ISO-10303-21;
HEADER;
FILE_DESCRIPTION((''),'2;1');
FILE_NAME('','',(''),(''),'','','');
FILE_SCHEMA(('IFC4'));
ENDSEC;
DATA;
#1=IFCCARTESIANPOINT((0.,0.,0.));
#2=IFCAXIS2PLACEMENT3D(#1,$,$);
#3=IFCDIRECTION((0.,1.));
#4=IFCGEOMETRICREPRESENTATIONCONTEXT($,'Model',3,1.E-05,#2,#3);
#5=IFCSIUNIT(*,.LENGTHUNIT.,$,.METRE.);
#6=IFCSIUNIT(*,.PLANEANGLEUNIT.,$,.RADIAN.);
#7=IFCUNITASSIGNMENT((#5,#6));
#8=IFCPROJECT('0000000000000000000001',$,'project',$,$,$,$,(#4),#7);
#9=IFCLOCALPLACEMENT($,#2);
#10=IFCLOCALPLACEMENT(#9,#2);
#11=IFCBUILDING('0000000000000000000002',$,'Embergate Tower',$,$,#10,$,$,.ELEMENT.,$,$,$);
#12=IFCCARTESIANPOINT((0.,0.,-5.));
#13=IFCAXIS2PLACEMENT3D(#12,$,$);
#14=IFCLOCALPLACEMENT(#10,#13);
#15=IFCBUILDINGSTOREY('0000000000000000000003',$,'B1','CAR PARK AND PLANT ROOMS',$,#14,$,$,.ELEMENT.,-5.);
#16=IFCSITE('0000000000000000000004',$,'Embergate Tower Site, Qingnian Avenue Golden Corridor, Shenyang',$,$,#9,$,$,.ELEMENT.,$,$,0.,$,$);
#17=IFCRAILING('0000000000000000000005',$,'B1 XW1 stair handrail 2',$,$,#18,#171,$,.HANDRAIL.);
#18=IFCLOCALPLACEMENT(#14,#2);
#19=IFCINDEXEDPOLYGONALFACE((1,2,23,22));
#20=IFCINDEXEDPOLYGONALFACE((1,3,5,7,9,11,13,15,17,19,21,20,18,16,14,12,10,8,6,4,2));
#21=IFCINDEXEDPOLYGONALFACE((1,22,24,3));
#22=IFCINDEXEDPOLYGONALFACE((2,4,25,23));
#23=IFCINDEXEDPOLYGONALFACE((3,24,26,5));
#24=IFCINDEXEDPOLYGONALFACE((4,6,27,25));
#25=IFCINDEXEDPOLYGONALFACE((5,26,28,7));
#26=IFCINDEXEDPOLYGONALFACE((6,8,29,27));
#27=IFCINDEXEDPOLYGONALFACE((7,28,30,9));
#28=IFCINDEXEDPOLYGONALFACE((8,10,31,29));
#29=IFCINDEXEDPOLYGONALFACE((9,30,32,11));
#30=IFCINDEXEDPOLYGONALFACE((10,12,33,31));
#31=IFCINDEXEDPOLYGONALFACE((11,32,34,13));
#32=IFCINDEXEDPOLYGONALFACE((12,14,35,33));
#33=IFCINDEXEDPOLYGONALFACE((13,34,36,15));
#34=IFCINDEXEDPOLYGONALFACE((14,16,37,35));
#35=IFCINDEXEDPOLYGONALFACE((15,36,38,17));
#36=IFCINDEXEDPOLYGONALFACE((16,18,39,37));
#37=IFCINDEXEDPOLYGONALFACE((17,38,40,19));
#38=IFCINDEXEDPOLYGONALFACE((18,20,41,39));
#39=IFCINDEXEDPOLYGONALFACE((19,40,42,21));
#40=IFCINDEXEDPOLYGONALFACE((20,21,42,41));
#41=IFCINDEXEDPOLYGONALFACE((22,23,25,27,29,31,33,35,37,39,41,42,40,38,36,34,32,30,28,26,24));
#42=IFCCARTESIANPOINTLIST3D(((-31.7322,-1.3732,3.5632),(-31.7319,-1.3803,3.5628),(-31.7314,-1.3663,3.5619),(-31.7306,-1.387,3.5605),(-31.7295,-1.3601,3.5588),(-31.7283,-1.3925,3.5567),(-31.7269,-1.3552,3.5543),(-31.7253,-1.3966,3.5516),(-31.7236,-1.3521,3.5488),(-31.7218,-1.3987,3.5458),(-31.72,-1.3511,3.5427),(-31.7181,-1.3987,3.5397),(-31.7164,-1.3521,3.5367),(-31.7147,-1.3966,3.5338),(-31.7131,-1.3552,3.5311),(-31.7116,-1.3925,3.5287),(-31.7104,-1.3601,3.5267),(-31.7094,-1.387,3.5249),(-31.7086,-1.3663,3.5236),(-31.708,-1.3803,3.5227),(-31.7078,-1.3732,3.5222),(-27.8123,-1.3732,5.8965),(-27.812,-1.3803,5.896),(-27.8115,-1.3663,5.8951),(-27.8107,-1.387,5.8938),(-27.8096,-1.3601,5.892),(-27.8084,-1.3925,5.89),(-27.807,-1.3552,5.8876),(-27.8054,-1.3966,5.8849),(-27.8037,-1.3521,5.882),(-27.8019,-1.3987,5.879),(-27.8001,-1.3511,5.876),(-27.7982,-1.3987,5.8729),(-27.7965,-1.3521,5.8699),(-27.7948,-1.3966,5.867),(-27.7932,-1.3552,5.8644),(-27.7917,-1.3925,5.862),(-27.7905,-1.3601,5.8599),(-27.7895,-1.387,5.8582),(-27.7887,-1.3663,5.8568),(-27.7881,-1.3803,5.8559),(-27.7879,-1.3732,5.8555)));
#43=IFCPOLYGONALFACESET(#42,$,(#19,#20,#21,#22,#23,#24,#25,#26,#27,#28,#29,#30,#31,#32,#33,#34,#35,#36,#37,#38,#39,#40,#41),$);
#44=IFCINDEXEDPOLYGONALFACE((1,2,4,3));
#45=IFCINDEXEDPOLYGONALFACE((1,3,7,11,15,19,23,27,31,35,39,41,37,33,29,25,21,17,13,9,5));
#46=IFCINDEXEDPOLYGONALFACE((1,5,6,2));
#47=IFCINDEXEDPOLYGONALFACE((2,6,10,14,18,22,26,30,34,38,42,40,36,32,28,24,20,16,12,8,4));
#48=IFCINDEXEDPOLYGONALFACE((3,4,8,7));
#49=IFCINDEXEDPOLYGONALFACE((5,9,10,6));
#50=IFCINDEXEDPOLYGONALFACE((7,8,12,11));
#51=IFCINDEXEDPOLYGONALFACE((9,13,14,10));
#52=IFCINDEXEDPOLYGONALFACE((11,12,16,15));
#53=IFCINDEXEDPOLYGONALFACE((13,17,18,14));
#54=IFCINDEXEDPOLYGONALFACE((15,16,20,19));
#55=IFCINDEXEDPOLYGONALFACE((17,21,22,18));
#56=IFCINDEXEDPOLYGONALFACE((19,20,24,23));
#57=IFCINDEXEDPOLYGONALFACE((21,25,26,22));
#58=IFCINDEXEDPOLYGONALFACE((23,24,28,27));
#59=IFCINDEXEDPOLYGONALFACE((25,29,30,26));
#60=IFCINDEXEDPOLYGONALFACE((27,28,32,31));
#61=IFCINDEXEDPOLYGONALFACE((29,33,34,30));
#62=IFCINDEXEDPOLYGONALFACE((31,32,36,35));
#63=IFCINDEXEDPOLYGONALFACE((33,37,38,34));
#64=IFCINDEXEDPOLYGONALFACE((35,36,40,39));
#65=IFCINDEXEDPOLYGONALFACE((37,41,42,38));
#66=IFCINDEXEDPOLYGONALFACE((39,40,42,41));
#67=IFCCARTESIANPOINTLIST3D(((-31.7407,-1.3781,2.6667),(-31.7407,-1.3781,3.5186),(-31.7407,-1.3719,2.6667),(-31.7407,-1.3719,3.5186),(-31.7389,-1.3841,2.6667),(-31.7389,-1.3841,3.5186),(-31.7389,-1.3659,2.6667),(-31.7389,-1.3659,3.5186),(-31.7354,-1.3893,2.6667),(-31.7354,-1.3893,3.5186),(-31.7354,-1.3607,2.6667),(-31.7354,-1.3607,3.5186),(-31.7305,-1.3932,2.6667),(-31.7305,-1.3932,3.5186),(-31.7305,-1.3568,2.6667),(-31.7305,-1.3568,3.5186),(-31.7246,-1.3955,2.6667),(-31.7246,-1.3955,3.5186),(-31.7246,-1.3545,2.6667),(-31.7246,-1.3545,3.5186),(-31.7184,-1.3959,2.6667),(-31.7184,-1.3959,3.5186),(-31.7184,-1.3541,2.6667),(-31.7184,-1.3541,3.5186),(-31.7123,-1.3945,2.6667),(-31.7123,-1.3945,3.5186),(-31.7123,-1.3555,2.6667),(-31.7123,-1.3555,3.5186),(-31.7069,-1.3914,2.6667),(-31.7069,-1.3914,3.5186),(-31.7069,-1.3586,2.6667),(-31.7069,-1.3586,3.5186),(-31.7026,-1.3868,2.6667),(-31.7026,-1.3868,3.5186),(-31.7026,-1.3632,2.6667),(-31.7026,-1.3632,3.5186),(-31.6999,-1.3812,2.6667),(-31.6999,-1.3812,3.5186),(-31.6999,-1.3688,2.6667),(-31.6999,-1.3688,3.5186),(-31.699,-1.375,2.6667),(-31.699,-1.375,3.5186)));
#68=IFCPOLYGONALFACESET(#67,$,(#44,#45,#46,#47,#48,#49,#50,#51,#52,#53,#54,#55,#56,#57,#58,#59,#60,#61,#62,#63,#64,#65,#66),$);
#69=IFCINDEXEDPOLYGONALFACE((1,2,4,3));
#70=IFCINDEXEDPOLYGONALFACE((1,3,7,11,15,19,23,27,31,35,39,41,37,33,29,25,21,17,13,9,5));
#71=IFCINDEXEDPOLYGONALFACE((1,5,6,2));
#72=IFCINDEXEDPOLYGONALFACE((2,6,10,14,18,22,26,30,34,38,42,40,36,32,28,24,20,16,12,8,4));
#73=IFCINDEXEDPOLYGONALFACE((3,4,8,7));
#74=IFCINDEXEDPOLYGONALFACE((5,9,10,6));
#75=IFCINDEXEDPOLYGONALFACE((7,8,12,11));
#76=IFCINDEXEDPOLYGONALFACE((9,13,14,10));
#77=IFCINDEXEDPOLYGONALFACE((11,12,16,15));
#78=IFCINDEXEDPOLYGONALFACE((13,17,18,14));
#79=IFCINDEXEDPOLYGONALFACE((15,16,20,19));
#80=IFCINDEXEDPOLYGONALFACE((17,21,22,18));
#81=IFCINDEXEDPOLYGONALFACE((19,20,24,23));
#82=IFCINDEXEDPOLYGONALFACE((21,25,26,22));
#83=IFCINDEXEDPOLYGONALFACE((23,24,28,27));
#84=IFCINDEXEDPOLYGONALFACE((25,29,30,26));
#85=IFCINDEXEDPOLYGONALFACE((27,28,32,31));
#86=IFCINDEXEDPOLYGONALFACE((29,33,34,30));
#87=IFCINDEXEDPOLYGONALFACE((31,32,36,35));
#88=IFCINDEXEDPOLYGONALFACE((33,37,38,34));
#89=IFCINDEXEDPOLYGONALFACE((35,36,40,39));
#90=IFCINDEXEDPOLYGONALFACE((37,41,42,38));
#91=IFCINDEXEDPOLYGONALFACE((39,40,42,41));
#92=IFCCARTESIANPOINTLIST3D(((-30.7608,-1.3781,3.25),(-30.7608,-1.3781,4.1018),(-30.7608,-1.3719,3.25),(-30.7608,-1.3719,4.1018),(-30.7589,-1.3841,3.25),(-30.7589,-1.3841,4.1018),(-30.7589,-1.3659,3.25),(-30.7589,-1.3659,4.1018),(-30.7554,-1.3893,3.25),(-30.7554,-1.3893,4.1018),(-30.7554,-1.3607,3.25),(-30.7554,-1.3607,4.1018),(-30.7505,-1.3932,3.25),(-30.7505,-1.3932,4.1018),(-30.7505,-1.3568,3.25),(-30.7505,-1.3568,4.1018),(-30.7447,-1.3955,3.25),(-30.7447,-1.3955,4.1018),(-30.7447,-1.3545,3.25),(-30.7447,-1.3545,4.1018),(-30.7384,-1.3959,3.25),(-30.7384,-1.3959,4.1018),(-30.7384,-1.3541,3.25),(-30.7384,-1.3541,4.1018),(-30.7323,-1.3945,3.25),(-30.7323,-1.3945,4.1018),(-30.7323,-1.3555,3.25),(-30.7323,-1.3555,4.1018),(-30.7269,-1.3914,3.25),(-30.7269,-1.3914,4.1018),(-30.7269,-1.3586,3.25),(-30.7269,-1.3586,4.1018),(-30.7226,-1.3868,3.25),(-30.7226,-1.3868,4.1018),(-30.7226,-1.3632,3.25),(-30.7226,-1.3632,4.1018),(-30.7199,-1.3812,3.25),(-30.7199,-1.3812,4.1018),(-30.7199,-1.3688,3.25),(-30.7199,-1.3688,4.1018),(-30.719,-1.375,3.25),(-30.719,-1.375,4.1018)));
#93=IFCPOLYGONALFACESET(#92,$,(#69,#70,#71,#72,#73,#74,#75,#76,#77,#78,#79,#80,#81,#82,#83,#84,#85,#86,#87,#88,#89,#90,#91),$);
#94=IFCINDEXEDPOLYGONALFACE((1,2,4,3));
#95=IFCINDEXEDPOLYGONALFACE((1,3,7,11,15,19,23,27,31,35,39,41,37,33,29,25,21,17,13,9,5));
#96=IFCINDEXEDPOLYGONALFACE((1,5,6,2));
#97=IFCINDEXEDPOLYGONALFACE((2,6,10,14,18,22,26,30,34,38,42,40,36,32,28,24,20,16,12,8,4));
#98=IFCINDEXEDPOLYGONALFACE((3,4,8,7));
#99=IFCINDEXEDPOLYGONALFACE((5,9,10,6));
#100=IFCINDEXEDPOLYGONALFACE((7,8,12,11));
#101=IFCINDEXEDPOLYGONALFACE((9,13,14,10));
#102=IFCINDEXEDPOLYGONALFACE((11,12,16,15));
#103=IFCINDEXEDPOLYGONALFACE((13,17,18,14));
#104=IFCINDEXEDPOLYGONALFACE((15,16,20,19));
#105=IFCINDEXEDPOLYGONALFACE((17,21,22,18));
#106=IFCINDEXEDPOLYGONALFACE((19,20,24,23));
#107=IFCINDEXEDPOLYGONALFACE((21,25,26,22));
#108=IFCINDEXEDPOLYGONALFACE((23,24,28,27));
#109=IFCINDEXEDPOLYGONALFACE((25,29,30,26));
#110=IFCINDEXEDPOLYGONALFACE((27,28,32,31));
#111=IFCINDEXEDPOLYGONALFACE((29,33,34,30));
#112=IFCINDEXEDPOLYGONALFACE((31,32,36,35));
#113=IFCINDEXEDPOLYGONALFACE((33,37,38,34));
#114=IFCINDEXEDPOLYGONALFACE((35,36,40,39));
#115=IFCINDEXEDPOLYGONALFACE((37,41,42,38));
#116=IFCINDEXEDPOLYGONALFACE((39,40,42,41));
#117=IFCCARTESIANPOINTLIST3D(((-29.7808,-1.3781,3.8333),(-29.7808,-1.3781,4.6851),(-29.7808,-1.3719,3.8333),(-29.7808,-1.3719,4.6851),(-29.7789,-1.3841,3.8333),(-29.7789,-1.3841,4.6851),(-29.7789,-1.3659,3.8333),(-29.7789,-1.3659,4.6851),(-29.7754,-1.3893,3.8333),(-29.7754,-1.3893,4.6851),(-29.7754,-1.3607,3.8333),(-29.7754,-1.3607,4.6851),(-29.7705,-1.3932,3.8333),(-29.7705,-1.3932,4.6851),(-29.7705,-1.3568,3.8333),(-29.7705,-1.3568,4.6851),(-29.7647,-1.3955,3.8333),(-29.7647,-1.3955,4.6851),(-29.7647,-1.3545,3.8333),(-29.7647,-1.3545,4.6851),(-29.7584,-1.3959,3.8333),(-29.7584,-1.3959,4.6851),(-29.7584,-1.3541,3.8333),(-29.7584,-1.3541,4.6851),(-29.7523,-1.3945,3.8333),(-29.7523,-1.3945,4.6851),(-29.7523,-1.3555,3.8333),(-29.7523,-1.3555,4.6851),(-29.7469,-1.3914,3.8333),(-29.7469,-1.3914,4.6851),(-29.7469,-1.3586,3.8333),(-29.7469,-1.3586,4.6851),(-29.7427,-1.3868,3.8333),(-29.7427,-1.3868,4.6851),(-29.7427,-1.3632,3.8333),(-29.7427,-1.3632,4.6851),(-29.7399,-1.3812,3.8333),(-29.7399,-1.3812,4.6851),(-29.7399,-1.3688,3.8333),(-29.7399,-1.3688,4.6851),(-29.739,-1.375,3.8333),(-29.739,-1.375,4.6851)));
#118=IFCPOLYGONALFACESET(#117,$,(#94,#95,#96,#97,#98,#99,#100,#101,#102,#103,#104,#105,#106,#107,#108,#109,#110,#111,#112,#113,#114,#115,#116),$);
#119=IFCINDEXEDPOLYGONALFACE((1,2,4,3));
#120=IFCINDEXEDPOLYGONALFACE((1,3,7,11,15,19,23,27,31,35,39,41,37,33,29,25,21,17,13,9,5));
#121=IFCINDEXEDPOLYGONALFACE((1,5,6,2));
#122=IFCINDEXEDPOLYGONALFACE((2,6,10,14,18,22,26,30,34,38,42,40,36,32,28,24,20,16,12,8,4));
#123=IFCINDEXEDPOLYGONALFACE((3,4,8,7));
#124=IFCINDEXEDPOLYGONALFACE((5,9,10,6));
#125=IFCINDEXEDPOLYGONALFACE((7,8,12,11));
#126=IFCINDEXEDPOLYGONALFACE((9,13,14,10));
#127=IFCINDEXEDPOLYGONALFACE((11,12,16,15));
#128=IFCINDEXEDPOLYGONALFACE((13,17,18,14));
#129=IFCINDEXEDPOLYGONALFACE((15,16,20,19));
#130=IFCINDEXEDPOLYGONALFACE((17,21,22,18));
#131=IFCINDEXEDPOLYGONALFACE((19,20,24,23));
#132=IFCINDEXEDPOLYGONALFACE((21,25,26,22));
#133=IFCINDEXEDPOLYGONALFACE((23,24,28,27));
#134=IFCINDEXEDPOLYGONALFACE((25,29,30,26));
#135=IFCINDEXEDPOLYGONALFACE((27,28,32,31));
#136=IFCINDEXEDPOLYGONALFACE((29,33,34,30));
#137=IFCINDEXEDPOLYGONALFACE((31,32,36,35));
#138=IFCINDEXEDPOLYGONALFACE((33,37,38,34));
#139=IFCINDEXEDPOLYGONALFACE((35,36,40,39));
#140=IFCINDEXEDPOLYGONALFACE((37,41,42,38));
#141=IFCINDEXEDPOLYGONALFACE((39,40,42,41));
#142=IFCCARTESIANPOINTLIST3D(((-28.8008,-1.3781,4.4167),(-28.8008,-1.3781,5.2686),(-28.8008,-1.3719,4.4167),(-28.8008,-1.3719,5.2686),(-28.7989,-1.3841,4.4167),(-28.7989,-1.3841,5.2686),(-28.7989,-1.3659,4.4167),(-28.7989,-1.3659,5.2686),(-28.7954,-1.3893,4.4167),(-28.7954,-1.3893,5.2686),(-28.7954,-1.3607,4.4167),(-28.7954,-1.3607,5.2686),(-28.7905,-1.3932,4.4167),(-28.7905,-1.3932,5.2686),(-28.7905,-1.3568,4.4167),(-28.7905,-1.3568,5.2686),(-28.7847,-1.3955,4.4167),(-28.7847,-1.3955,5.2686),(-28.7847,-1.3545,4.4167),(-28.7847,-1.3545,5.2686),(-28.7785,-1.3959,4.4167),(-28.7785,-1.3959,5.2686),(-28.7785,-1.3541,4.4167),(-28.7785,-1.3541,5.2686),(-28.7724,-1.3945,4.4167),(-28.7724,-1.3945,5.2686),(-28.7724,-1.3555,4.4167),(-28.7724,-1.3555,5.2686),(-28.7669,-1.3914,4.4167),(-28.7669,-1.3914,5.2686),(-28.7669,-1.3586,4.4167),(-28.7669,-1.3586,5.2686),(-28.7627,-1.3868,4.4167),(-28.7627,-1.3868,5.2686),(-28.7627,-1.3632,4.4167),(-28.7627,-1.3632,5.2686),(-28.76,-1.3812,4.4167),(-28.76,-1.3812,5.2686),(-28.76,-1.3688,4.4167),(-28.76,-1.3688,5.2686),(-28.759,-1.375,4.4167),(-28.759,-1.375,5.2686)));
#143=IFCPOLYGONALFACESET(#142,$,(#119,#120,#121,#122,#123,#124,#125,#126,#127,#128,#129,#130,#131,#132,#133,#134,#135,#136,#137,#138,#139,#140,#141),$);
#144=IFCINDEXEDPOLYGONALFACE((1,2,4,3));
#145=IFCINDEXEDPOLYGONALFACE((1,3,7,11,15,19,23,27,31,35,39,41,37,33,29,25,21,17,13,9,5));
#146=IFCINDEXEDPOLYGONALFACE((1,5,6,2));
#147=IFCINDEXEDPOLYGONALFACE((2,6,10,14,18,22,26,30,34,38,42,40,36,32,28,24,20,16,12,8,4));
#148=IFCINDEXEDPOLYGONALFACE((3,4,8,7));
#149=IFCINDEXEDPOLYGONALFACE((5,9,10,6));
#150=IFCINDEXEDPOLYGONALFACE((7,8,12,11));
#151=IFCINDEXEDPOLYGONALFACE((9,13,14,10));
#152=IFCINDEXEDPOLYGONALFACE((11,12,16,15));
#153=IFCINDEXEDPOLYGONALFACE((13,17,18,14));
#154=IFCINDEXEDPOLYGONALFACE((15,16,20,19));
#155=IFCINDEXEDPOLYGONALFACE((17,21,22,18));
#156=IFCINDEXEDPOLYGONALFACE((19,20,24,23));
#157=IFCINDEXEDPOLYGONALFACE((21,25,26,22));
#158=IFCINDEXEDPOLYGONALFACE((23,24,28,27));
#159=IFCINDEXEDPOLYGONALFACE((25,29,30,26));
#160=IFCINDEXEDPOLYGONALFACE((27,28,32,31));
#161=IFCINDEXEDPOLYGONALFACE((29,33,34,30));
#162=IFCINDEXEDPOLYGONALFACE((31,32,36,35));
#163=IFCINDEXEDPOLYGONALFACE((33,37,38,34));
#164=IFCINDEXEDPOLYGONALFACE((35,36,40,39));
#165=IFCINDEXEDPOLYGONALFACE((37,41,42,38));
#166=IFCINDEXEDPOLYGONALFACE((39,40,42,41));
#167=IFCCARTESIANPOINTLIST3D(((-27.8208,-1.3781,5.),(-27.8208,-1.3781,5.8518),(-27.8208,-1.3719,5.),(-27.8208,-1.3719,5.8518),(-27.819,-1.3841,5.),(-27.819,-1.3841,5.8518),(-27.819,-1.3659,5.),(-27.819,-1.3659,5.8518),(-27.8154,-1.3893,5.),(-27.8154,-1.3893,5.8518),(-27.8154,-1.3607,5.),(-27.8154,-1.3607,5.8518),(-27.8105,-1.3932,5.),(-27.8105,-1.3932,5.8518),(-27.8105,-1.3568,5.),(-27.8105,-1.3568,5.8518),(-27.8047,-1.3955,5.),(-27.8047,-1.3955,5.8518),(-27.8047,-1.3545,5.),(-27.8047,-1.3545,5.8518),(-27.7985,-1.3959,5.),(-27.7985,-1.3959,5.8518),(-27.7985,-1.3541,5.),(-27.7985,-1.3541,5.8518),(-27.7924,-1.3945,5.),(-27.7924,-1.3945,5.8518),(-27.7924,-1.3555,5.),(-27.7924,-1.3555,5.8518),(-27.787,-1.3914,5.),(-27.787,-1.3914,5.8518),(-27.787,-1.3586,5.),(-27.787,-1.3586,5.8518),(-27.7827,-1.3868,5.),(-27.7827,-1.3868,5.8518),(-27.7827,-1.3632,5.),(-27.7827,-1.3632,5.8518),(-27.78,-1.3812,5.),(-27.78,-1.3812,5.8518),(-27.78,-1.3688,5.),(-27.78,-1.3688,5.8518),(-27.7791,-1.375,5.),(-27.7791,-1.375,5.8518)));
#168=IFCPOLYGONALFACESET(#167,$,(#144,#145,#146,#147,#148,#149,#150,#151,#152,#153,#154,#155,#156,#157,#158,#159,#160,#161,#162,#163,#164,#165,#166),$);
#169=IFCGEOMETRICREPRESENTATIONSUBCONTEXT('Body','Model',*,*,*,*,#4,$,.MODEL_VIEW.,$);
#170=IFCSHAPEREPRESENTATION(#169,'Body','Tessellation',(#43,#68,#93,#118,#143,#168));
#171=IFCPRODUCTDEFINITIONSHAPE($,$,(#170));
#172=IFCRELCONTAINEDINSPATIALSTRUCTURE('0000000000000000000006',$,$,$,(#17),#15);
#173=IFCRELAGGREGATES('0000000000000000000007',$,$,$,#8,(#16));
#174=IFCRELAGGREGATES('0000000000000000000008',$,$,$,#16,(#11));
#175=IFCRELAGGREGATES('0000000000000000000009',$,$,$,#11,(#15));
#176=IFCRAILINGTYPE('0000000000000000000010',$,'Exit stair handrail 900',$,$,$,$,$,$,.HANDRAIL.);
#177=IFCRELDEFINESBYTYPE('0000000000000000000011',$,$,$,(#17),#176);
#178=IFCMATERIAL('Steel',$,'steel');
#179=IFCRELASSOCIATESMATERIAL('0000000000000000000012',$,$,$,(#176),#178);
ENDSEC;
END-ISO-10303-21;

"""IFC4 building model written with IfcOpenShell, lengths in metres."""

from ifc_helpers import new_model, si_unit, direction, frame, origin, origin_2d, place, context, subcontext, project, spatial, circle, extrude, source, transform, mapped, material, type_object, element, save


model = new_model("IFC4")

# Units and contexts
model_context = context("Model", 3, precision=1e-05, world=origin(), true_north=direction((0.0, 1.0)))
body_context = subcontext(model_context, "Body", "Model", "MODEL_VIEW")
ifc_project = project(units=[si_unit("LENGTHUNIT", "METRE"), si_unit("PLANEANGLEUNIT", "RADIAN")], contexts=[model_context])

# Site, building, storey
site_placement = place(None, origin())
site = spatial("IfcSite", under=ifc_project, at=site_placement, Name="Embergate Tower Site, Qingnian Avenue Golden Corridor, Shenyang", CompositionType="ELEMENT", RefElevation=0.0)
building_placement = place(site_placement, origin())
building = spatial("IfcBuilding", under=site, at=building_placement, Name="Embergate Tower", CompositionType="ELEMENT")
storey_placement = place(building_placement, frame((0.0, 0.0, -5.0)))
storey = spatial("IfcBuildingStorey", under=building, at=storey_placement, Name="B1", Description="CAR PARK AND PLANT ROOMS", CompositionType="ELEMENT", Elevation=-5.0)

# Railing
ifc_material_1 = material(Name="Steel", Category="steel")
railing_type_1 = type_object("IfcRailingType", Name="Exit stair handrail 900", PredefinedType="HANDRAIL", material=ifc_material_1)
shared_shape_1 = source(origin(), body_context, "Body", "SweptSolid", [
    extrude(circle(Radius=0.0239, at=origin_2d()), frame((0.0, 0.0, 0.876), z_axis=(0.859296, 0.0, 0.511478), x_axis=(0.0, 1.0, 0.0)), (0.0, 0.0, 1.0), 4.5618),
    extrude(circle(Radius=0.021, at=origin_2d()), origin(), (0.0, 0.0, 1.0), 0.8518),
    extrude(circle(Radius=0.021, at=origin_2d()), frame((0.98, 0.0, 0.5833)), (0.0, 0.0, 1.0), 0.8518),
    extrude(circle(Radius=0.021, at=origin_2d()), frame((1.96, 0.0, 1.1665)), (0.0, 0.0, 1.0), 0.8518),
    extrude(circle(Radius=0.021, at=origin_2d()), frame((2.9399, 0.0, 1.75)), (0.0, 0.0, 1.0), 0.8518),
    extrude(circle(Radius=0.021, at=origin_2d()), frame((3.9199, 0.0, 2.3333)), (0.0, 0.0, 1.0), 0.8518),
])
railing_1_placement = place(storey_placement, frame((-31.72, -1.375, 2.6667)))
element("IfcRailing", 1, at=railing_1_placement, inside=storey, type_object=railing_type_1, Name="B1 XW1 stair handrail 2", PredefinedType="HANDRAIL", context=body_context, shape_type="MappedRepresentation", body=[
    mapped(shared_shape_1, transform((0.0, 0.0, 0.0))),
])

save(model, "model.ifc")
